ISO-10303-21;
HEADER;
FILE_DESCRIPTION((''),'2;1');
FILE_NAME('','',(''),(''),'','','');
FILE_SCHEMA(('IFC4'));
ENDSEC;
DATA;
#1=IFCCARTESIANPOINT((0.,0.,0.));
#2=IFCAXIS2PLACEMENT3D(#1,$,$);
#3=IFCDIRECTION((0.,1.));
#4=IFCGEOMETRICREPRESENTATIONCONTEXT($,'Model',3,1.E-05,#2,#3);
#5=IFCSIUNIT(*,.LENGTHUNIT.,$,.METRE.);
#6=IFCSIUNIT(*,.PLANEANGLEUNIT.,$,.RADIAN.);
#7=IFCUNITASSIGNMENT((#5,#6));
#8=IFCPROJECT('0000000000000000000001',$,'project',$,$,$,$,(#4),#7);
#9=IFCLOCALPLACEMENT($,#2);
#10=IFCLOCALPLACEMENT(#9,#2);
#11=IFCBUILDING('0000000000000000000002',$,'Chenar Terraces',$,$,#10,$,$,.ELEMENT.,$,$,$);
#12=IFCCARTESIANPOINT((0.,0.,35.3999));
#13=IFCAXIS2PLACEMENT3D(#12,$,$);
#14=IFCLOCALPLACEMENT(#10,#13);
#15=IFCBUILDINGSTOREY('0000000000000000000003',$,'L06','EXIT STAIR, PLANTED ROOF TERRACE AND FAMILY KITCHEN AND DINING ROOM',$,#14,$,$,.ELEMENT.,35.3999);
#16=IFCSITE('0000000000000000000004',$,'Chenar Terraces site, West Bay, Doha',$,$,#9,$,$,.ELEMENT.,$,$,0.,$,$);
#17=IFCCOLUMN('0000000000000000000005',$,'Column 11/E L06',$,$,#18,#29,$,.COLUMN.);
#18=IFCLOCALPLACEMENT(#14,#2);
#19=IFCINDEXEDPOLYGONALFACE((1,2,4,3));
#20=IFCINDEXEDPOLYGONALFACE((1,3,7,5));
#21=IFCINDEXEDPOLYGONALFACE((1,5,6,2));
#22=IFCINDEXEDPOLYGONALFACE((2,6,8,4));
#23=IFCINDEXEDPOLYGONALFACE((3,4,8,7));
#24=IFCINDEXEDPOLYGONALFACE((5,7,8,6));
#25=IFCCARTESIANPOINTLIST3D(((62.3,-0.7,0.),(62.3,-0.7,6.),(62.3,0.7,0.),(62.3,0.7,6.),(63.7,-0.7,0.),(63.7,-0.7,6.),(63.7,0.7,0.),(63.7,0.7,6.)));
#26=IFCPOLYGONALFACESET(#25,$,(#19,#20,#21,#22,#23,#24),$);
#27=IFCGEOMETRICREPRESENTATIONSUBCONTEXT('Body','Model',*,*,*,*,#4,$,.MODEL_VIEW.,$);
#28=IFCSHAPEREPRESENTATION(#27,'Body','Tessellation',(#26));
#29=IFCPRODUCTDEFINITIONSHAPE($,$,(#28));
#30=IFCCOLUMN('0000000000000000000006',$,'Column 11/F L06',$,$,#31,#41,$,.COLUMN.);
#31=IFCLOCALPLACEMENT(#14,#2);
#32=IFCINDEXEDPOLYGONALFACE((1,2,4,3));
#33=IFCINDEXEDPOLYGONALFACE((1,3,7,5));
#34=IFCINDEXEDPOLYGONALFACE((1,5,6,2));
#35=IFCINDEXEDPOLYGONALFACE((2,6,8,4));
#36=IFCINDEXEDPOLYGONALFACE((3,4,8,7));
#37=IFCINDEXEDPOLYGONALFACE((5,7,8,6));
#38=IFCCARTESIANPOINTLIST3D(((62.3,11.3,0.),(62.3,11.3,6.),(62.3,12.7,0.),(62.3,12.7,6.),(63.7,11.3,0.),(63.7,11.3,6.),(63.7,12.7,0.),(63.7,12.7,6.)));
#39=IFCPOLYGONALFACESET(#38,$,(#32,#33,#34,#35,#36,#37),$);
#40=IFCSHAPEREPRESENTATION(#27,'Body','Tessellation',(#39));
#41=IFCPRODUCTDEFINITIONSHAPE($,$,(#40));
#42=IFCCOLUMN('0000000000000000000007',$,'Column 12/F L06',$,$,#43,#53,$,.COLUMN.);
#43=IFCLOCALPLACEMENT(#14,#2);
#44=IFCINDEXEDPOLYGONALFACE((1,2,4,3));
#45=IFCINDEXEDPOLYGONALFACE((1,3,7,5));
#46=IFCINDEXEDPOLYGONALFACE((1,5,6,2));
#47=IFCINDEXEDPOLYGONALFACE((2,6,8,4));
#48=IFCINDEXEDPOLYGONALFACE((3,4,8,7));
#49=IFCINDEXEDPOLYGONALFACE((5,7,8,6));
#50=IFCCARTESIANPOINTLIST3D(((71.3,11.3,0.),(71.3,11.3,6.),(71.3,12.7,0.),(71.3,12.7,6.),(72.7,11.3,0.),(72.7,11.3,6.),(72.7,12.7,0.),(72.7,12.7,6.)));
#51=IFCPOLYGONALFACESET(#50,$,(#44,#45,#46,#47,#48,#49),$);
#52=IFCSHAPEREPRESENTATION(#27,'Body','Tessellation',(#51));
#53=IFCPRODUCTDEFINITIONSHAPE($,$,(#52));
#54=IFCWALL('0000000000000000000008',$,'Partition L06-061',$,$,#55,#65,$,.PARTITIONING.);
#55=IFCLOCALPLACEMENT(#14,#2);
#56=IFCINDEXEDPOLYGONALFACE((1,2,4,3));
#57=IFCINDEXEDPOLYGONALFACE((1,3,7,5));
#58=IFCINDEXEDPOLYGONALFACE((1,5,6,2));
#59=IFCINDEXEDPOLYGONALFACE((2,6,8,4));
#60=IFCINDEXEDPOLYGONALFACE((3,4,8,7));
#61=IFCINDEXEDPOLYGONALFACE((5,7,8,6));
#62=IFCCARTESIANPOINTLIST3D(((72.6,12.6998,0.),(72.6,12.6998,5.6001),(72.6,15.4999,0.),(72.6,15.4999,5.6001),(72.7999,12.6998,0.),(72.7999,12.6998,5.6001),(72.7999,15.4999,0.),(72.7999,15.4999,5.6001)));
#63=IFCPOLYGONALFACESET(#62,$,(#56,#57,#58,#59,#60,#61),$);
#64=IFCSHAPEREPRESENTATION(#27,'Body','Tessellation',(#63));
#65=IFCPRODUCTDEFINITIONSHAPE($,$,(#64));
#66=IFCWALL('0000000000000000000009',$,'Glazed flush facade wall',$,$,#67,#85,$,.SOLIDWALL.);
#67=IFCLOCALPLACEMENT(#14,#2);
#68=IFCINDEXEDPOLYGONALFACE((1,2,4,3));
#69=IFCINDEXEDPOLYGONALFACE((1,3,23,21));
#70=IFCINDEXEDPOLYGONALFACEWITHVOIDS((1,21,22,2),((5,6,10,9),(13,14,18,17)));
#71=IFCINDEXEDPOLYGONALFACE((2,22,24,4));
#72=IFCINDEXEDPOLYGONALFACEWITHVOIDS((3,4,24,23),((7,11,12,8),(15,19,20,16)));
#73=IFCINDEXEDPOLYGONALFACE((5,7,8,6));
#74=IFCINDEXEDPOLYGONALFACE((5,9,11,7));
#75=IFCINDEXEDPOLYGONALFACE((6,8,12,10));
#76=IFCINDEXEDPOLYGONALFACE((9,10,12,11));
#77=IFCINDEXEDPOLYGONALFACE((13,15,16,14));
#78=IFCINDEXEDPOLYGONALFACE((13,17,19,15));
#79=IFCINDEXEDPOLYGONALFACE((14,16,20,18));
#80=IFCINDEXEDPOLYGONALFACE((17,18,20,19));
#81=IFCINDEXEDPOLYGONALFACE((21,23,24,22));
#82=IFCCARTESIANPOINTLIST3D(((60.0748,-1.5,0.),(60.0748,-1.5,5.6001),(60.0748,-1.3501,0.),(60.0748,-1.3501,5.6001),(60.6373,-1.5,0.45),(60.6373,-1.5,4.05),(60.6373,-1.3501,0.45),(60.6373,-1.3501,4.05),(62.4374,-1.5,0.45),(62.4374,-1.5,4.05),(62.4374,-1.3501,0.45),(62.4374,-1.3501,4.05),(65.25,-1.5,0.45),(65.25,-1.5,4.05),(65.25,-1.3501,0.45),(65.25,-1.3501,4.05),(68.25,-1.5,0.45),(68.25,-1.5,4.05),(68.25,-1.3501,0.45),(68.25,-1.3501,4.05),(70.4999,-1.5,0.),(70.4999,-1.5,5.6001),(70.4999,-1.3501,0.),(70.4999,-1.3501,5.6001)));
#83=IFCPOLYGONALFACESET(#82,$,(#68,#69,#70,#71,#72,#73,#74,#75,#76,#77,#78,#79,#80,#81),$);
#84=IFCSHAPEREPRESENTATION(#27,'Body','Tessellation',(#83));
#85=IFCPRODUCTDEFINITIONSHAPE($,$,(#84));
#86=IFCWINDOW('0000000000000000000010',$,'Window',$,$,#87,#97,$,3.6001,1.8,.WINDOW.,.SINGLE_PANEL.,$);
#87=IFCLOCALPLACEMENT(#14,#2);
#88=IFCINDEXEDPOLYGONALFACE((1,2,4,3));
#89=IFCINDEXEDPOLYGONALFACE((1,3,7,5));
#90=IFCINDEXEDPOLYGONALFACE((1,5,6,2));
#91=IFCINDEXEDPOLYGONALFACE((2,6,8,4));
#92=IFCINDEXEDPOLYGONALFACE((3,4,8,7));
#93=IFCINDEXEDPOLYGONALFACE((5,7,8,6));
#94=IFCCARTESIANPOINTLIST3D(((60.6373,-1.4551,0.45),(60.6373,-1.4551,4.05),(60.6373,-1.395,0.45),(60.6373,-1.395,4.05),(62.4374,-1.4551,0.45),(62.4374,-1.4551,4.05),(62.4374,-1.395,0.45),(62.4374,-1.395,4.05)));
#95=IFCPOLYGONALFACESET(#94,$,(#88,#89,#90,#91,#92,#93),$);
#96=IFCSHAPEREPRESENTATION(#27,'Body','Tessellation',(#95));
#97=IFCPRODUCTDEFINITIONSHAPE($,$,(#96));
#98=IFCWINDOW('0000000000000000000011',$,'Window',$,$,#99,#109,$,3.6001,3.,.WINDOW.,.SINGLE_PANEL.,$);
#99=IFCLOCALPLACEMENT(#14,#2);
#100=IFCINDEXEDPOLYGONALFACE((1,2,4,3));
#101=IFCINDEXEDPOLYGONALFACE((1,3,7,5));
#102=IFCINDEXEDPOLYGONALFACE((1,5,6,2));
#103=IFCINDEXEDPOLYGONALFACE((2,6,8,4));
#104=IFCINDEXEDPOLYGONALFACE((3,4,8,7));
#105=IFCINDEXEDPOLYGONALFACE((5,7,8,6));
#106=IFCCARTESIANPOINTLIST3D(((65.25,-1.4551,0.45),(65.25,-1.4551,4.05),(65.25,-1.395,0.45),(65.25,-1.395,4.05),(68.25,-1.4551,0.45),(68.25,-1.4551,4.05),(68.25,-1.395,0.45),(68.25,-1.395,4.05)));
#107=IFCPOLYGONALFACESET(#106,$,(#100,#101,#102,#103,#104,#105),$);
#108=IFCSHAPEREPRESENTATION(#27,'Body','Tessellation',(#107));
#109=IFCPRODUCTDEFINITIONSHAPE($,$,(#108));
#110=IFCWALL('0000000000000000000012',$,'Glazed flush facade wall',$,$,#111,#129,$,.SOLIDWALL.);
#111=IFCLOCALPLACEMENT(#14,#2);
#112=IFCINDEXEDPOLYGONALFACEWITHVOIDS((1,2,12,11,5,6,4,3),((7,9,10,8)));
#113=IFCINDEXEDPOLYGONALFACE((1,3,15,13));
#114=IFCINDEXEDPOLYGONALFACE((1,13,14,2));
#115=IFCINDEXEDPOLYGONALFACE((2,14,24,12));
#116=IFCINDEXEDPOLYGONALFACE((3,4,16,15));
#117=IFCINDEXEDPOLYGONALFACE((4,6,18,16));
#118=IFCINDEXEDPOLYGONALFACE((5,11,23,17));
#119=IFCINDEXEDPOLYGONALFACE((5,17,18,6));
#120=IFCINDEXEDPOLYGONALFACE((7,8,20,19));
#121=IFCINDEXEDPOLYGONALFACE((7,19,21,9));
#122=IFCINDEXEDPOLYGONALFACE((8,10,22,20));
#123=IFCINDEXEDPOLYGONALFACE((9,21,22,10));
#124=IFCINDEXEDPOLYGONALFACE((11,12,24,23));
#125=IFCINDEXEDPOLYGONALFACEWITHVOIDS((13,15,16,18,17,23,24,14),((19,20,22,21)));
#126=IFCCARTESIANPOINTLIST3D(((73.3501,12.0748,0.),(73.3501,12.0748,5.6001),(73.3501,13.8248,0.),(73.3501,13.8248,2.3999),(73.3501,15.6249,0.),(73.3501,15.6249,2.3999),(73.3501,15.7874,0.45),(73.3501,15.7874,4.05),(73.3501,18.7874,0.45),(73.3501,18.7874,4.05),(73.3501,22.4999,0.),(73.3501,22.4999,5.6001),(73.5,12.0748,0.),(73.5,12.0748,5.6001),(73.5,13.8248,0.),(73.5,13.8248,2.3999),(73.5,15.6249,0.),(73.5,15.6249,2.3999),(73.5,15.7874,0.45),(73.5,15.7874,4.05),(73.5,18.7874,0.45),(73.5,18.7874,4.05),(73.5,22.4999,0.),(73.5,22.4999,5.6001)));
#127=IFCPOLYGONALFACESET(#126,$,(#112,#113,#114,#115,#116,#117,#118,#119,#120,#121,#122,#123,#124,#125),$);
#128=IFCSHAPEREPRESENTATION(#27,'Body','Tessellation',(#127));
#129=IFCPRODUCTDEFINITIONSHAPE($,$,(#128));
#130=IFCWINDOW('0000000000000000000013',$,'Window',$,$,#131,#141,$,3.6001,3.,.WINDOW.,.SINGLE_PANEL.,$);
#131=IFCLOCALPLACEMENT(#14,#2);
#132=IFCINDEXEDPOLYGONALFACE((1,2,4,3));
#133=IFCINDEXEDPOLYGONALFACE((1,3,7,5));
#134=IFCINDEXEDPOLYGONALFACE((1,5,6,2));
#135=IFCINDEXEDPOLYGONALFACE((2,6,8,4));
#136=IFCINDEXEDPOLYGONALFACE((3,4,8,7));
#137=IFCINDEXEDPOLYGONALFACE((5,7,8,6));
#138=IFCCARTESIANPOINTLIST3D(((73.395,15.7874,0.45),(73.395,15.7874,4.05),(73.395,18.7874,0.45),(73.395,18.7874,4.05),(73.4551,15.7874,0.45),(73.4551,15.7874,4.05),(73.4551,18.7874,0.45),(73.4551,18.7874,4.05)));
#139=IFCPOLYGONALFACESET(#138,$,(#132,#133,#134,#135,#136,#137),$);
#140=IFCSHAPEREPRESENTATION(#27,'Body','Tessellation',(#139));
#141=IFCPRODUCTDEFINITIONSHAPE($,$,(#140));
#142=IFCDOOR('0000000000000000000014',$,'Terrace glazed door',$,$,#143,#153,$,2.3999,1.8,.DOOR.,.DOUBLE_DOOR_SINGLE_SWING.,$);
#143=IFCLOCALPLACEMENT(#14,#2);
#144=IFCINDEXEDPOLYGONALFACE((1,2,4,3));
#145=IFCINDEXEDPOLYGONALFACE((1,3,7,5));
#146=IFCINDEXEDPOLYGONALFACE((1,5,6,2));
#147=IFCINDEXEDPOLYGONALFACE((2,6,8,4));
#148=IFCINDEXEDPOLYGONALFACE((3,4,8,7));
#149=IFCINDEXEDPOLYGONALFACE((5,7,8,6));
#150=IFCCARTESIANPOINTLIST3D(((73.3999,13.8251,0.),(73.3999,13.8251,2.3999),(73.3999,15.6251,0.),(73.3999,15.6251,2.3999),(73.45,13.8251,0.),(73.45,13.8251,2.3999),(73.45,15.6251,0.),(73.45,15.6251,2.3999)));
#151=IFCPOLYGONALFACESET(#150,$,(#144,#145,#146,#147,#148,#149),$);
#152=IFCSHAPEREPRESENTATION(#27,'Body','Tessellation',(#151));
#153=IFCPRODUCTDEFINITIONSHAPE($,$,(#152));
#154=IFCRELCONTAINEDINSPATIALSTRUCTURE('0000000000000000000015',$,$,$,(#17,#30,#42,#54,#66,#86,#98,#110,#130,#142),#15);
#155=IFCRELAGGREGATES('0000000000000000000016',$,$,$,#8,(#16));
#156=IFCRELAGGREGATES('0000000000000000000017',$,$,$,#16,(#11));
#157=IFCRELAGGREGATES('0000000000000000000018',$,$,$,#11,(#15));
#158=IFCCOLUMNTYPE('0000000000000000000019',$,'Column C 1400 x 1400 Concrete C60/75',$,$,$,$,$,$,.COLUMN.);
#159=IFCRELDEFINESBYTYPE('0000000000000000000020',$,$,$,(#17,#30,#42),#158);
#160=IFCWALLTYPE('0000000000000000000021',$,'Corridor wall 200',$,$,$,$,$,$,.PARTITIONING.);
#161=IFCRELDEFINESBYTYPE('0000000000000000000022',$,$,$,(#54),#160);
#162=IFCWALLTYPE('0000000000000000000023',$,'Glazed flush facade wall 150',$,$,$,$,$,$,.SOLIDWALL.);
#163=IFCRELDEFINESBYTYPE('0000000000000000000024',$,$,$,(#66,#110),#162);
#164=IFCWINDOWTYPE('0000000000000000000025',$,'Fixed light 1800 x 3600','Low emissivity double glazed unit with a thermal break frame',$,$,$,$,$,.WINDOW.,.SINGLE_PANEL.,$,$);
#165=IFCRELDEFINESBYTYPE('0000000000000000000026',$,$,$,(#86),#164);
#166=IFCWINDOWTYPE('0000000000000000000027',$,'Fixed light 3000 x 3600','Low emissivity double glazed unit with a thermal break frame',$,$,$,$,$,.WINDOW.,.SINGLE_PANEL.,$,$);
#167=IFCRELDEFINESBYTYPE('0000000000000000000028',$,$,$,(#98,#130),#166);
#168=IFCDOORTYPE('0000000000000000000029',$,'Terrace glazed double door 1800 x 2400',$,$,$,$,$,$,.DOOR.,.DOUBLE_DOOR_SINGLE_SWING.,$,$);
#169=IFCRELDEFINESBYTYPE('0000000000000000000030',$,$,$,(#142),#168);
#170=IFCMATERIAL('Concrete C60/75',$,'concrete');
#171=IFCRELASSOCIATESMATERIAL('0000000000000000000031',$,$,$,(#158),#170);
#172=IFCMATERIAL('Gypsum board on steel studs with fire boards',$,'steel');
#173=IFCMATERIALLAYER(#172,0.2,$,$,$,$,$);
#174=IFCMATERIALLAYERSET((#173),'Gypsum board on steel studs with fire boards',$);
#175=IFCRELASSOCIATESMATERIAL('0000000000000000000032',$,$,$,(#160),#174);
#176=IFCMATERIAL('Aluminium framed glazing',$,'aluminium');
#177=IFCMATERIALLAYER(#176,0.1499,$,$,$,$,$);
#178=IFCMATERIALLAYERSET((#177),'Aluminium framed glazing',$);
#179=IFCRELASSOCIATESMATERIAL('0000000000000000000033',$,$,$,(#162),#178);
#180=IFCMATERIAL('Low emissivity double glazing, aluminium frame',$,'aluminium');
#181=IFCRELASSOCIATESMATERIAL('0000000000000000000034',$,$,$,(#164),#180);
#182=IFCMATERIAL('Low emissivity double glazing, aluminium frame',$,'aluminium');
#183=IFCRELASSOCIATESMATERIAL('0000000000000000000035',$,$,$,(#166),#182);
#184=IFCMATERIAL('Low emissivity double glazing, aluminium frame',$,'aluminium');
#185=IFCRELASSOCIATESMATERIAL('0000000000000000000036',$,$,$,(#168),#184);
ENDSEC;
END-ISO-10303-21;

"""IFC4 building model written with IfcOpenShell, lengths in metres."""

from ifc_helpers import new_model, si_unit, direction, frame, frame_2d, origin, origin_2d, place, context, subcontext, project, spatial, rectangle, extrude, material, layer, layer_set, material_profile, profile_set, type_object, element, fill, save


model = new_model("IFC4")

# Units and contexts
model_context = context("Model", 3, precision=1e-05, world=origin(), true_north=direction((0.0, 1.0)))
body_context = subcontext(model_context, "Body", "Model", "MODEL_VIEW")
ifc_project = project(units=[si_unit("LENGTHUNIT", "METRE"), si_unit("PLANEANGLEUNIT", "RADIAN")], contexts=[model_context])

# Site, building, storey
site_placement = place(None, origin())
site = spatial("IfcSite", under=ifc_project, at=site_placement, Name="Chenar Terraces site, West Bay, Doha", CompositionType="ELEMENT", RefElevation=0.0)
building_placement = place(site_placement, origin())
building = spatial("IfcBuilding", under=site, at=building_placement, Name="Chenar Terraces", CompositionType="ELEMENT")
storey_placement = place(building_placement, frame((0.0, 0.0, 35.3999)))
storey = spatial("IfcBuildingStorey", under=building, at=storey_placement, Name="L06", Description="EXIT STAIR, PLANTED ROOF TERRACE AND FAMILY KITCHEN AND DINING ROOM", CompositionType="ELEMENT", Elevation=35.3999)

# Columns
ifc_material_1 = material(Name="Concrete C60/75", Category="concrete")
ifc_material_profile_1 = material_profile(ifc_material_1, rectangle(XDim=1.3999, YDim=1.3999, at=origin_2d()), Name="C 1400 x 1400")
ifc_profile_set_1 = profile_set([ifc_material_profile_1], Name="Concrete C60/75")
column_type = type_object("IfcColumnType", Name="Column C 1400 x 1400 Concrete C60/75", PredefinedType="COLUMN", material=ifc_profile_set_1)
for number, where, z_axis, x_axis, name in (
    (1, (63.0, 0.0, 0.0), (0.0, 0.0, 1.0), (1.0, 0.0, 0.0), "Column 11/E L06"),
    (2, (63.0, 12.0, 0.0), (0.0, 0.0, 1.0), (1.0, 0.0, 0.0), "Column 11/F L06"),
    (3, (72.0, 12.0, 0.0), (0.0, 0.0, 1.0), (1.0, 0.0, 0.0), "Column 12/F L06"),
):
    element("IfcColumn", number, at=place(storey_placement, frame(where, z_axis=z_axis, x_axis=x_axis)), inside=storey, type_object=column_type, Name=name, PredefinedType="COLUMN", context=body_context, shape_type="SweptSolid", body=[
        extrude(rectangle(XDim=1.3999, YDim=1.3999, at=origin_2d()), origin(), (0.0, 0.0, 1.0), 6.0),
    ])

# Wall
ifc_material_2 = material(Name="Gypsum board on steel studs with fire boards", Category="steel")
ifc_layer_1 = layer(ifc_material_2, 0.2)
ifc_layer_set_1 = layer_set([ifc_layer_1], Name="Gypsum board on steel studs with fire boards")
wall_type_1 = type_object("IfcWallType", Name="Corridor wall 200", PredefinedType="PARTITIONING", material=ifc_layer_set_1)
wall_1_placement = place(storey_placement, frame((72.7, 12.7, 0.0), z_axis=(0.0, 0.0, 1.0), x_axis=(0.0, 1.0, 0.0)))
element("IfcWall", 4, at=wall_1_placement, inside=storey, type_object=wall_type_1, Name="Partition L06-061", PredefinedType="PARTITIONING", context=body_context, shape_type="SweptSolid", body=[
    extrude(rectangle(XDim=2.8, YDim=0.2, at=frame_2d((1.3999, 0.0))), origin(), (0.0, 0.0, 1.0), 5.6001),
])

# Wall, openings, windows
ifc_material_3 = material(Name="Aluminium framed glazing", Category="aluminium")
ifc_layer_2 = layer(ifc_material_3, 0.1499)
ifc_layer_set_2 = layer_set([ifc_layer_2], Name="Aluminium framed glazing")
wall_type_2 = type_object("IfcWallType", Name="Glazed flush facade wall 150", PredefinedType="SOLIDWALL", material=ifc_layer_set_2)
wall_2_placement = place(storey_placement, frame((60.075, -1.425, 0.0), z_axis=(0.0, 0.0, 1.0), x_axis=(1.0, 0.0, 0.0)))
wall_2 = element("IfcWall", 5, at=wall_2_placement, inside=storey, type_object=wall_type_2, Name="Glazed flush facade wall", PredefinedType="SOLIDWALL", context=body_context, shape_type="SweptSolid", body=[
    extrude(rectangle(XDim=10.425, YDim=0.1499, at=frame_2d((5.2124, 0.0))), origin(), (0.0, 0.0, 1.0), 5.6001),
])
opening_1_placement = place(wall_2_placement, frame((0.5625, 0.0, 0.45)))
opening_1 = element("IfcOpeningElement", 6, at=opening_1_placement, cuts=wall_2, PredefinedType="OPENING", context=body_context, shape_type="SweptSolid", body=[
    extrude(rectangle(XDim=1.8, YDim=3.6001, at=frame_2d((0.8999, 1.8))), frame((0.0, 0.085, 0.0), z_axis=(0.0, -1.0, 0.0), x_axis=(1.0, 0.0, 0.0)), (0.0, 0.0, 1.0), 0.1699),
])
opening_2_placement = place(wall_2_placement, frame((5.175, 0.0, 0.45)))
opening_2 = element("IfcOpeningElement", 7, at=opening_2_placement, cuts=wall_2, PredefinedType="OPENING", context=body_context, shape_type="SweptSolid", body=[
    extrude(rectangle(XDim=3.0, YDim=3.6001, at=frame_2d((1.5, 1.8))), frame((0.0, 0.085, 0.0), z_axis=(0.0, -1.0, 0.0), x_axis=(1.0, 0.0, 0.0)), (0.0, 0.0, 1.0), 0.1699),
])
ifc_material_4 = material(Name="Low emissivity double glazing, aluminium frame", Category="aluminium")
window_type_1 = type_object("IfcWindowType", Name="Fixed light 1800 x 3600", Description="Low emissivity double glazed unit with a thermal break frame", PartitioningType="SINGLE_PANEL", PredefinedType="WINDOW", material=ifc_material_4)
window_1_placement = place(opening_1_placement, origin())
window_1 = element("IfcWindow", 8, at=window_1_placement, inside=storey, type_object=window_type_1, Name="Window", OverallHeight=3.6001, OverallWidth=1.8, PartitioningType="SINGLE_PANEL", PredefinedType="WINDOW", context=body_context, shape_type="SweptSolid", body=[
    extrude(rectangle(XDim=1.8, YDim=3.6001, at=frame_2d((0.8999, 1.8))), frame((0.0, 0.03, 0.0), z_axis=(0.0, -1.0, 0.0), x_axis=(1.0, 0.0, 0.0)), (0.0, 0.0, 1.0), 0.0601),
])
fill(opening_1, window_1)
ifc_material_5 = material(Name="Low emissivity double glazing, aluminium frame", Category="aluminium")
window_type_2 = type_object("IfcWindowType", Name="Fixed light 3000 x 3600", Description="Low emissivity double glazed unit with a thermal break frame", PartitioningType="SINGLE_PANEL", PredefinedType="WINDOW", material=ifc_material_5)
window_2_placement = place(opening_2_placement, origin())
window_2 = element("IfcWindow", 9, at=window_2_placement, inside=storey, type_object=window_type_2, Name="Window", OverallHeight=3.6001, OverallWidth=3.0, PartitioningType="SINGLE_PANEL", PredefinedType="WINDOW", context=body_context, shape_type="SweptSolid", body=[
    extrude(rectangle(XDim=3.0, YDim=3.6001, at=frame_2d((1.5, 1.8))), frame((0.0, 0.03, 0.0), z_axis=(0.0, -1.0, 0.0), x_axis=(1.0, 0.0, 0.0)), (0.0, 0.0, 1.0), 0.0601),
])
fill(opening_2, window_2)

# Wall, openings, window, door
wall_3_placement = place(storey_placement, frame((73.425, 12.075, 0.0), z_axis=(0.0, 0.0, 1.0), x_axis=(0.0, 1.0, 0.0)))
wall_3 = element("IfcWall", 10, at=wall_3_placement, inside=storey, type_object=wall_type_2, Name="Glazed flush facade wall", PredefinedType="SOLIDWALL", context=body_context, shape_type="SweptSolid", body=[
    extrude(rectangle(XDim=10.425, YDim=0.1499, at=frame_2d((5.2124, 0.0))), origin(), (0.0, 0.0, 1.0), 5.6001),
])
opening_3_placement = place(wall_3_placement, frame((3.7124, 0.0, 0.45)))
opening_3 = element("IfcOpeningElement", 11, at=opening_3_placement, cuts=wall_3, PredefinedType="OPENING", context=body_context, shape_type="SweptSolid", body=[
    extrude(rectangle(XDim=3.0, YDim=3.6001, at=frame_2d((1.5, 1.8))), frame((0.0, 0.085, 0.0), z_axis=(0.0, -1.0, 0.0), x_axis=(1.0, 0.0, 0.0)), (0.0, 0.0, 1.0), 0.1699),
])
opening_4_placement = place(wall_3_placement, frame((1.75, 0.0, 0.0)))
opening_4 = element("IfcOpeningElement", 12, at=opening_4_placement, cuts=wall_3, PredefinedType="OPENING", context=body_context, shape_type="SweptSolid", body=[
    extrude(rectangle(XDim=1.8, YDim=2.3999, at=frame_2d((0.8999, 1.2))), frame((0.0, 0.085, 0.0), z_axis=(0.0, -1.0, 0.0), x_axis=(1.0, 0.0, 0.0)), (0.0, 0.0, 1.0), 0.1699),
])
window_3_placement = place(opening_3_placement, origin())
window_3 = element("IfcWindow", 13, at=window_3_placement, inside=storey, type_object=window_type_2, Name="Window", OverallHeight=3.6001, OverallWidth=3.0, PartitioningType="SINGLE_PANEL", PredefinedType="WINDOW", context=body_context, shape_type="SweptSolid", body=[
    extrude(rectangle(XDim=3.0, YDim=3.6001, at=frame_2d((1.5, 1.8))), frame((0.0, 0.03, 0.0), z_axis=(0.0, -1.0, 0.0), x_axis=(1.0, 0.0, 0.0)), (0.0, 0.0, 1.0), 0.0601),
])
fill(opening_3, window_3)
ifc_material_6 = material(Name="Low emissivity double glazing, aluminium frame", Category="aluminium")
door_type = type_object("IfcDoorType", Name="Terrace glazed double door 1800 x 2400", OperationType="DOUBLE_DOOR_SINGLE_SWING", PredefinedType="DOOR", material=ifc_material_6)
door_placement = place(opening_4_placement, frame((1.8, 0.0, 0.0), z_axis=(0.0, 0.0, 1.0), x_axis=(-1.0, 0.0, 0.0)))
door = element("IfcDoor", 14, at=door_placement, inside=storey, type_object=door_type, Name="Terrace glazed door", OperationType="DOUBLE_DOOR_SINGLE_SWING", OverallHeight=2.3999, OverallWidth=1.8, PredefinedType="DOOR", context=body_context, shape_type="SweptSolid", body=[
    extrude(rectangle(XDim=1.8, YDim=2.3999, at=frame_2d((0.8999, 1.2))), frame((0.0, 0.0249, 0.0), z_axis=(0.0, -1.0, 0.0), x_axis=(1.0, 0.0, 0.0)), (0.0, 0.0, 1.0), 0.05),
])
fill(opening_4, door)

save(model, "model.ifc")
